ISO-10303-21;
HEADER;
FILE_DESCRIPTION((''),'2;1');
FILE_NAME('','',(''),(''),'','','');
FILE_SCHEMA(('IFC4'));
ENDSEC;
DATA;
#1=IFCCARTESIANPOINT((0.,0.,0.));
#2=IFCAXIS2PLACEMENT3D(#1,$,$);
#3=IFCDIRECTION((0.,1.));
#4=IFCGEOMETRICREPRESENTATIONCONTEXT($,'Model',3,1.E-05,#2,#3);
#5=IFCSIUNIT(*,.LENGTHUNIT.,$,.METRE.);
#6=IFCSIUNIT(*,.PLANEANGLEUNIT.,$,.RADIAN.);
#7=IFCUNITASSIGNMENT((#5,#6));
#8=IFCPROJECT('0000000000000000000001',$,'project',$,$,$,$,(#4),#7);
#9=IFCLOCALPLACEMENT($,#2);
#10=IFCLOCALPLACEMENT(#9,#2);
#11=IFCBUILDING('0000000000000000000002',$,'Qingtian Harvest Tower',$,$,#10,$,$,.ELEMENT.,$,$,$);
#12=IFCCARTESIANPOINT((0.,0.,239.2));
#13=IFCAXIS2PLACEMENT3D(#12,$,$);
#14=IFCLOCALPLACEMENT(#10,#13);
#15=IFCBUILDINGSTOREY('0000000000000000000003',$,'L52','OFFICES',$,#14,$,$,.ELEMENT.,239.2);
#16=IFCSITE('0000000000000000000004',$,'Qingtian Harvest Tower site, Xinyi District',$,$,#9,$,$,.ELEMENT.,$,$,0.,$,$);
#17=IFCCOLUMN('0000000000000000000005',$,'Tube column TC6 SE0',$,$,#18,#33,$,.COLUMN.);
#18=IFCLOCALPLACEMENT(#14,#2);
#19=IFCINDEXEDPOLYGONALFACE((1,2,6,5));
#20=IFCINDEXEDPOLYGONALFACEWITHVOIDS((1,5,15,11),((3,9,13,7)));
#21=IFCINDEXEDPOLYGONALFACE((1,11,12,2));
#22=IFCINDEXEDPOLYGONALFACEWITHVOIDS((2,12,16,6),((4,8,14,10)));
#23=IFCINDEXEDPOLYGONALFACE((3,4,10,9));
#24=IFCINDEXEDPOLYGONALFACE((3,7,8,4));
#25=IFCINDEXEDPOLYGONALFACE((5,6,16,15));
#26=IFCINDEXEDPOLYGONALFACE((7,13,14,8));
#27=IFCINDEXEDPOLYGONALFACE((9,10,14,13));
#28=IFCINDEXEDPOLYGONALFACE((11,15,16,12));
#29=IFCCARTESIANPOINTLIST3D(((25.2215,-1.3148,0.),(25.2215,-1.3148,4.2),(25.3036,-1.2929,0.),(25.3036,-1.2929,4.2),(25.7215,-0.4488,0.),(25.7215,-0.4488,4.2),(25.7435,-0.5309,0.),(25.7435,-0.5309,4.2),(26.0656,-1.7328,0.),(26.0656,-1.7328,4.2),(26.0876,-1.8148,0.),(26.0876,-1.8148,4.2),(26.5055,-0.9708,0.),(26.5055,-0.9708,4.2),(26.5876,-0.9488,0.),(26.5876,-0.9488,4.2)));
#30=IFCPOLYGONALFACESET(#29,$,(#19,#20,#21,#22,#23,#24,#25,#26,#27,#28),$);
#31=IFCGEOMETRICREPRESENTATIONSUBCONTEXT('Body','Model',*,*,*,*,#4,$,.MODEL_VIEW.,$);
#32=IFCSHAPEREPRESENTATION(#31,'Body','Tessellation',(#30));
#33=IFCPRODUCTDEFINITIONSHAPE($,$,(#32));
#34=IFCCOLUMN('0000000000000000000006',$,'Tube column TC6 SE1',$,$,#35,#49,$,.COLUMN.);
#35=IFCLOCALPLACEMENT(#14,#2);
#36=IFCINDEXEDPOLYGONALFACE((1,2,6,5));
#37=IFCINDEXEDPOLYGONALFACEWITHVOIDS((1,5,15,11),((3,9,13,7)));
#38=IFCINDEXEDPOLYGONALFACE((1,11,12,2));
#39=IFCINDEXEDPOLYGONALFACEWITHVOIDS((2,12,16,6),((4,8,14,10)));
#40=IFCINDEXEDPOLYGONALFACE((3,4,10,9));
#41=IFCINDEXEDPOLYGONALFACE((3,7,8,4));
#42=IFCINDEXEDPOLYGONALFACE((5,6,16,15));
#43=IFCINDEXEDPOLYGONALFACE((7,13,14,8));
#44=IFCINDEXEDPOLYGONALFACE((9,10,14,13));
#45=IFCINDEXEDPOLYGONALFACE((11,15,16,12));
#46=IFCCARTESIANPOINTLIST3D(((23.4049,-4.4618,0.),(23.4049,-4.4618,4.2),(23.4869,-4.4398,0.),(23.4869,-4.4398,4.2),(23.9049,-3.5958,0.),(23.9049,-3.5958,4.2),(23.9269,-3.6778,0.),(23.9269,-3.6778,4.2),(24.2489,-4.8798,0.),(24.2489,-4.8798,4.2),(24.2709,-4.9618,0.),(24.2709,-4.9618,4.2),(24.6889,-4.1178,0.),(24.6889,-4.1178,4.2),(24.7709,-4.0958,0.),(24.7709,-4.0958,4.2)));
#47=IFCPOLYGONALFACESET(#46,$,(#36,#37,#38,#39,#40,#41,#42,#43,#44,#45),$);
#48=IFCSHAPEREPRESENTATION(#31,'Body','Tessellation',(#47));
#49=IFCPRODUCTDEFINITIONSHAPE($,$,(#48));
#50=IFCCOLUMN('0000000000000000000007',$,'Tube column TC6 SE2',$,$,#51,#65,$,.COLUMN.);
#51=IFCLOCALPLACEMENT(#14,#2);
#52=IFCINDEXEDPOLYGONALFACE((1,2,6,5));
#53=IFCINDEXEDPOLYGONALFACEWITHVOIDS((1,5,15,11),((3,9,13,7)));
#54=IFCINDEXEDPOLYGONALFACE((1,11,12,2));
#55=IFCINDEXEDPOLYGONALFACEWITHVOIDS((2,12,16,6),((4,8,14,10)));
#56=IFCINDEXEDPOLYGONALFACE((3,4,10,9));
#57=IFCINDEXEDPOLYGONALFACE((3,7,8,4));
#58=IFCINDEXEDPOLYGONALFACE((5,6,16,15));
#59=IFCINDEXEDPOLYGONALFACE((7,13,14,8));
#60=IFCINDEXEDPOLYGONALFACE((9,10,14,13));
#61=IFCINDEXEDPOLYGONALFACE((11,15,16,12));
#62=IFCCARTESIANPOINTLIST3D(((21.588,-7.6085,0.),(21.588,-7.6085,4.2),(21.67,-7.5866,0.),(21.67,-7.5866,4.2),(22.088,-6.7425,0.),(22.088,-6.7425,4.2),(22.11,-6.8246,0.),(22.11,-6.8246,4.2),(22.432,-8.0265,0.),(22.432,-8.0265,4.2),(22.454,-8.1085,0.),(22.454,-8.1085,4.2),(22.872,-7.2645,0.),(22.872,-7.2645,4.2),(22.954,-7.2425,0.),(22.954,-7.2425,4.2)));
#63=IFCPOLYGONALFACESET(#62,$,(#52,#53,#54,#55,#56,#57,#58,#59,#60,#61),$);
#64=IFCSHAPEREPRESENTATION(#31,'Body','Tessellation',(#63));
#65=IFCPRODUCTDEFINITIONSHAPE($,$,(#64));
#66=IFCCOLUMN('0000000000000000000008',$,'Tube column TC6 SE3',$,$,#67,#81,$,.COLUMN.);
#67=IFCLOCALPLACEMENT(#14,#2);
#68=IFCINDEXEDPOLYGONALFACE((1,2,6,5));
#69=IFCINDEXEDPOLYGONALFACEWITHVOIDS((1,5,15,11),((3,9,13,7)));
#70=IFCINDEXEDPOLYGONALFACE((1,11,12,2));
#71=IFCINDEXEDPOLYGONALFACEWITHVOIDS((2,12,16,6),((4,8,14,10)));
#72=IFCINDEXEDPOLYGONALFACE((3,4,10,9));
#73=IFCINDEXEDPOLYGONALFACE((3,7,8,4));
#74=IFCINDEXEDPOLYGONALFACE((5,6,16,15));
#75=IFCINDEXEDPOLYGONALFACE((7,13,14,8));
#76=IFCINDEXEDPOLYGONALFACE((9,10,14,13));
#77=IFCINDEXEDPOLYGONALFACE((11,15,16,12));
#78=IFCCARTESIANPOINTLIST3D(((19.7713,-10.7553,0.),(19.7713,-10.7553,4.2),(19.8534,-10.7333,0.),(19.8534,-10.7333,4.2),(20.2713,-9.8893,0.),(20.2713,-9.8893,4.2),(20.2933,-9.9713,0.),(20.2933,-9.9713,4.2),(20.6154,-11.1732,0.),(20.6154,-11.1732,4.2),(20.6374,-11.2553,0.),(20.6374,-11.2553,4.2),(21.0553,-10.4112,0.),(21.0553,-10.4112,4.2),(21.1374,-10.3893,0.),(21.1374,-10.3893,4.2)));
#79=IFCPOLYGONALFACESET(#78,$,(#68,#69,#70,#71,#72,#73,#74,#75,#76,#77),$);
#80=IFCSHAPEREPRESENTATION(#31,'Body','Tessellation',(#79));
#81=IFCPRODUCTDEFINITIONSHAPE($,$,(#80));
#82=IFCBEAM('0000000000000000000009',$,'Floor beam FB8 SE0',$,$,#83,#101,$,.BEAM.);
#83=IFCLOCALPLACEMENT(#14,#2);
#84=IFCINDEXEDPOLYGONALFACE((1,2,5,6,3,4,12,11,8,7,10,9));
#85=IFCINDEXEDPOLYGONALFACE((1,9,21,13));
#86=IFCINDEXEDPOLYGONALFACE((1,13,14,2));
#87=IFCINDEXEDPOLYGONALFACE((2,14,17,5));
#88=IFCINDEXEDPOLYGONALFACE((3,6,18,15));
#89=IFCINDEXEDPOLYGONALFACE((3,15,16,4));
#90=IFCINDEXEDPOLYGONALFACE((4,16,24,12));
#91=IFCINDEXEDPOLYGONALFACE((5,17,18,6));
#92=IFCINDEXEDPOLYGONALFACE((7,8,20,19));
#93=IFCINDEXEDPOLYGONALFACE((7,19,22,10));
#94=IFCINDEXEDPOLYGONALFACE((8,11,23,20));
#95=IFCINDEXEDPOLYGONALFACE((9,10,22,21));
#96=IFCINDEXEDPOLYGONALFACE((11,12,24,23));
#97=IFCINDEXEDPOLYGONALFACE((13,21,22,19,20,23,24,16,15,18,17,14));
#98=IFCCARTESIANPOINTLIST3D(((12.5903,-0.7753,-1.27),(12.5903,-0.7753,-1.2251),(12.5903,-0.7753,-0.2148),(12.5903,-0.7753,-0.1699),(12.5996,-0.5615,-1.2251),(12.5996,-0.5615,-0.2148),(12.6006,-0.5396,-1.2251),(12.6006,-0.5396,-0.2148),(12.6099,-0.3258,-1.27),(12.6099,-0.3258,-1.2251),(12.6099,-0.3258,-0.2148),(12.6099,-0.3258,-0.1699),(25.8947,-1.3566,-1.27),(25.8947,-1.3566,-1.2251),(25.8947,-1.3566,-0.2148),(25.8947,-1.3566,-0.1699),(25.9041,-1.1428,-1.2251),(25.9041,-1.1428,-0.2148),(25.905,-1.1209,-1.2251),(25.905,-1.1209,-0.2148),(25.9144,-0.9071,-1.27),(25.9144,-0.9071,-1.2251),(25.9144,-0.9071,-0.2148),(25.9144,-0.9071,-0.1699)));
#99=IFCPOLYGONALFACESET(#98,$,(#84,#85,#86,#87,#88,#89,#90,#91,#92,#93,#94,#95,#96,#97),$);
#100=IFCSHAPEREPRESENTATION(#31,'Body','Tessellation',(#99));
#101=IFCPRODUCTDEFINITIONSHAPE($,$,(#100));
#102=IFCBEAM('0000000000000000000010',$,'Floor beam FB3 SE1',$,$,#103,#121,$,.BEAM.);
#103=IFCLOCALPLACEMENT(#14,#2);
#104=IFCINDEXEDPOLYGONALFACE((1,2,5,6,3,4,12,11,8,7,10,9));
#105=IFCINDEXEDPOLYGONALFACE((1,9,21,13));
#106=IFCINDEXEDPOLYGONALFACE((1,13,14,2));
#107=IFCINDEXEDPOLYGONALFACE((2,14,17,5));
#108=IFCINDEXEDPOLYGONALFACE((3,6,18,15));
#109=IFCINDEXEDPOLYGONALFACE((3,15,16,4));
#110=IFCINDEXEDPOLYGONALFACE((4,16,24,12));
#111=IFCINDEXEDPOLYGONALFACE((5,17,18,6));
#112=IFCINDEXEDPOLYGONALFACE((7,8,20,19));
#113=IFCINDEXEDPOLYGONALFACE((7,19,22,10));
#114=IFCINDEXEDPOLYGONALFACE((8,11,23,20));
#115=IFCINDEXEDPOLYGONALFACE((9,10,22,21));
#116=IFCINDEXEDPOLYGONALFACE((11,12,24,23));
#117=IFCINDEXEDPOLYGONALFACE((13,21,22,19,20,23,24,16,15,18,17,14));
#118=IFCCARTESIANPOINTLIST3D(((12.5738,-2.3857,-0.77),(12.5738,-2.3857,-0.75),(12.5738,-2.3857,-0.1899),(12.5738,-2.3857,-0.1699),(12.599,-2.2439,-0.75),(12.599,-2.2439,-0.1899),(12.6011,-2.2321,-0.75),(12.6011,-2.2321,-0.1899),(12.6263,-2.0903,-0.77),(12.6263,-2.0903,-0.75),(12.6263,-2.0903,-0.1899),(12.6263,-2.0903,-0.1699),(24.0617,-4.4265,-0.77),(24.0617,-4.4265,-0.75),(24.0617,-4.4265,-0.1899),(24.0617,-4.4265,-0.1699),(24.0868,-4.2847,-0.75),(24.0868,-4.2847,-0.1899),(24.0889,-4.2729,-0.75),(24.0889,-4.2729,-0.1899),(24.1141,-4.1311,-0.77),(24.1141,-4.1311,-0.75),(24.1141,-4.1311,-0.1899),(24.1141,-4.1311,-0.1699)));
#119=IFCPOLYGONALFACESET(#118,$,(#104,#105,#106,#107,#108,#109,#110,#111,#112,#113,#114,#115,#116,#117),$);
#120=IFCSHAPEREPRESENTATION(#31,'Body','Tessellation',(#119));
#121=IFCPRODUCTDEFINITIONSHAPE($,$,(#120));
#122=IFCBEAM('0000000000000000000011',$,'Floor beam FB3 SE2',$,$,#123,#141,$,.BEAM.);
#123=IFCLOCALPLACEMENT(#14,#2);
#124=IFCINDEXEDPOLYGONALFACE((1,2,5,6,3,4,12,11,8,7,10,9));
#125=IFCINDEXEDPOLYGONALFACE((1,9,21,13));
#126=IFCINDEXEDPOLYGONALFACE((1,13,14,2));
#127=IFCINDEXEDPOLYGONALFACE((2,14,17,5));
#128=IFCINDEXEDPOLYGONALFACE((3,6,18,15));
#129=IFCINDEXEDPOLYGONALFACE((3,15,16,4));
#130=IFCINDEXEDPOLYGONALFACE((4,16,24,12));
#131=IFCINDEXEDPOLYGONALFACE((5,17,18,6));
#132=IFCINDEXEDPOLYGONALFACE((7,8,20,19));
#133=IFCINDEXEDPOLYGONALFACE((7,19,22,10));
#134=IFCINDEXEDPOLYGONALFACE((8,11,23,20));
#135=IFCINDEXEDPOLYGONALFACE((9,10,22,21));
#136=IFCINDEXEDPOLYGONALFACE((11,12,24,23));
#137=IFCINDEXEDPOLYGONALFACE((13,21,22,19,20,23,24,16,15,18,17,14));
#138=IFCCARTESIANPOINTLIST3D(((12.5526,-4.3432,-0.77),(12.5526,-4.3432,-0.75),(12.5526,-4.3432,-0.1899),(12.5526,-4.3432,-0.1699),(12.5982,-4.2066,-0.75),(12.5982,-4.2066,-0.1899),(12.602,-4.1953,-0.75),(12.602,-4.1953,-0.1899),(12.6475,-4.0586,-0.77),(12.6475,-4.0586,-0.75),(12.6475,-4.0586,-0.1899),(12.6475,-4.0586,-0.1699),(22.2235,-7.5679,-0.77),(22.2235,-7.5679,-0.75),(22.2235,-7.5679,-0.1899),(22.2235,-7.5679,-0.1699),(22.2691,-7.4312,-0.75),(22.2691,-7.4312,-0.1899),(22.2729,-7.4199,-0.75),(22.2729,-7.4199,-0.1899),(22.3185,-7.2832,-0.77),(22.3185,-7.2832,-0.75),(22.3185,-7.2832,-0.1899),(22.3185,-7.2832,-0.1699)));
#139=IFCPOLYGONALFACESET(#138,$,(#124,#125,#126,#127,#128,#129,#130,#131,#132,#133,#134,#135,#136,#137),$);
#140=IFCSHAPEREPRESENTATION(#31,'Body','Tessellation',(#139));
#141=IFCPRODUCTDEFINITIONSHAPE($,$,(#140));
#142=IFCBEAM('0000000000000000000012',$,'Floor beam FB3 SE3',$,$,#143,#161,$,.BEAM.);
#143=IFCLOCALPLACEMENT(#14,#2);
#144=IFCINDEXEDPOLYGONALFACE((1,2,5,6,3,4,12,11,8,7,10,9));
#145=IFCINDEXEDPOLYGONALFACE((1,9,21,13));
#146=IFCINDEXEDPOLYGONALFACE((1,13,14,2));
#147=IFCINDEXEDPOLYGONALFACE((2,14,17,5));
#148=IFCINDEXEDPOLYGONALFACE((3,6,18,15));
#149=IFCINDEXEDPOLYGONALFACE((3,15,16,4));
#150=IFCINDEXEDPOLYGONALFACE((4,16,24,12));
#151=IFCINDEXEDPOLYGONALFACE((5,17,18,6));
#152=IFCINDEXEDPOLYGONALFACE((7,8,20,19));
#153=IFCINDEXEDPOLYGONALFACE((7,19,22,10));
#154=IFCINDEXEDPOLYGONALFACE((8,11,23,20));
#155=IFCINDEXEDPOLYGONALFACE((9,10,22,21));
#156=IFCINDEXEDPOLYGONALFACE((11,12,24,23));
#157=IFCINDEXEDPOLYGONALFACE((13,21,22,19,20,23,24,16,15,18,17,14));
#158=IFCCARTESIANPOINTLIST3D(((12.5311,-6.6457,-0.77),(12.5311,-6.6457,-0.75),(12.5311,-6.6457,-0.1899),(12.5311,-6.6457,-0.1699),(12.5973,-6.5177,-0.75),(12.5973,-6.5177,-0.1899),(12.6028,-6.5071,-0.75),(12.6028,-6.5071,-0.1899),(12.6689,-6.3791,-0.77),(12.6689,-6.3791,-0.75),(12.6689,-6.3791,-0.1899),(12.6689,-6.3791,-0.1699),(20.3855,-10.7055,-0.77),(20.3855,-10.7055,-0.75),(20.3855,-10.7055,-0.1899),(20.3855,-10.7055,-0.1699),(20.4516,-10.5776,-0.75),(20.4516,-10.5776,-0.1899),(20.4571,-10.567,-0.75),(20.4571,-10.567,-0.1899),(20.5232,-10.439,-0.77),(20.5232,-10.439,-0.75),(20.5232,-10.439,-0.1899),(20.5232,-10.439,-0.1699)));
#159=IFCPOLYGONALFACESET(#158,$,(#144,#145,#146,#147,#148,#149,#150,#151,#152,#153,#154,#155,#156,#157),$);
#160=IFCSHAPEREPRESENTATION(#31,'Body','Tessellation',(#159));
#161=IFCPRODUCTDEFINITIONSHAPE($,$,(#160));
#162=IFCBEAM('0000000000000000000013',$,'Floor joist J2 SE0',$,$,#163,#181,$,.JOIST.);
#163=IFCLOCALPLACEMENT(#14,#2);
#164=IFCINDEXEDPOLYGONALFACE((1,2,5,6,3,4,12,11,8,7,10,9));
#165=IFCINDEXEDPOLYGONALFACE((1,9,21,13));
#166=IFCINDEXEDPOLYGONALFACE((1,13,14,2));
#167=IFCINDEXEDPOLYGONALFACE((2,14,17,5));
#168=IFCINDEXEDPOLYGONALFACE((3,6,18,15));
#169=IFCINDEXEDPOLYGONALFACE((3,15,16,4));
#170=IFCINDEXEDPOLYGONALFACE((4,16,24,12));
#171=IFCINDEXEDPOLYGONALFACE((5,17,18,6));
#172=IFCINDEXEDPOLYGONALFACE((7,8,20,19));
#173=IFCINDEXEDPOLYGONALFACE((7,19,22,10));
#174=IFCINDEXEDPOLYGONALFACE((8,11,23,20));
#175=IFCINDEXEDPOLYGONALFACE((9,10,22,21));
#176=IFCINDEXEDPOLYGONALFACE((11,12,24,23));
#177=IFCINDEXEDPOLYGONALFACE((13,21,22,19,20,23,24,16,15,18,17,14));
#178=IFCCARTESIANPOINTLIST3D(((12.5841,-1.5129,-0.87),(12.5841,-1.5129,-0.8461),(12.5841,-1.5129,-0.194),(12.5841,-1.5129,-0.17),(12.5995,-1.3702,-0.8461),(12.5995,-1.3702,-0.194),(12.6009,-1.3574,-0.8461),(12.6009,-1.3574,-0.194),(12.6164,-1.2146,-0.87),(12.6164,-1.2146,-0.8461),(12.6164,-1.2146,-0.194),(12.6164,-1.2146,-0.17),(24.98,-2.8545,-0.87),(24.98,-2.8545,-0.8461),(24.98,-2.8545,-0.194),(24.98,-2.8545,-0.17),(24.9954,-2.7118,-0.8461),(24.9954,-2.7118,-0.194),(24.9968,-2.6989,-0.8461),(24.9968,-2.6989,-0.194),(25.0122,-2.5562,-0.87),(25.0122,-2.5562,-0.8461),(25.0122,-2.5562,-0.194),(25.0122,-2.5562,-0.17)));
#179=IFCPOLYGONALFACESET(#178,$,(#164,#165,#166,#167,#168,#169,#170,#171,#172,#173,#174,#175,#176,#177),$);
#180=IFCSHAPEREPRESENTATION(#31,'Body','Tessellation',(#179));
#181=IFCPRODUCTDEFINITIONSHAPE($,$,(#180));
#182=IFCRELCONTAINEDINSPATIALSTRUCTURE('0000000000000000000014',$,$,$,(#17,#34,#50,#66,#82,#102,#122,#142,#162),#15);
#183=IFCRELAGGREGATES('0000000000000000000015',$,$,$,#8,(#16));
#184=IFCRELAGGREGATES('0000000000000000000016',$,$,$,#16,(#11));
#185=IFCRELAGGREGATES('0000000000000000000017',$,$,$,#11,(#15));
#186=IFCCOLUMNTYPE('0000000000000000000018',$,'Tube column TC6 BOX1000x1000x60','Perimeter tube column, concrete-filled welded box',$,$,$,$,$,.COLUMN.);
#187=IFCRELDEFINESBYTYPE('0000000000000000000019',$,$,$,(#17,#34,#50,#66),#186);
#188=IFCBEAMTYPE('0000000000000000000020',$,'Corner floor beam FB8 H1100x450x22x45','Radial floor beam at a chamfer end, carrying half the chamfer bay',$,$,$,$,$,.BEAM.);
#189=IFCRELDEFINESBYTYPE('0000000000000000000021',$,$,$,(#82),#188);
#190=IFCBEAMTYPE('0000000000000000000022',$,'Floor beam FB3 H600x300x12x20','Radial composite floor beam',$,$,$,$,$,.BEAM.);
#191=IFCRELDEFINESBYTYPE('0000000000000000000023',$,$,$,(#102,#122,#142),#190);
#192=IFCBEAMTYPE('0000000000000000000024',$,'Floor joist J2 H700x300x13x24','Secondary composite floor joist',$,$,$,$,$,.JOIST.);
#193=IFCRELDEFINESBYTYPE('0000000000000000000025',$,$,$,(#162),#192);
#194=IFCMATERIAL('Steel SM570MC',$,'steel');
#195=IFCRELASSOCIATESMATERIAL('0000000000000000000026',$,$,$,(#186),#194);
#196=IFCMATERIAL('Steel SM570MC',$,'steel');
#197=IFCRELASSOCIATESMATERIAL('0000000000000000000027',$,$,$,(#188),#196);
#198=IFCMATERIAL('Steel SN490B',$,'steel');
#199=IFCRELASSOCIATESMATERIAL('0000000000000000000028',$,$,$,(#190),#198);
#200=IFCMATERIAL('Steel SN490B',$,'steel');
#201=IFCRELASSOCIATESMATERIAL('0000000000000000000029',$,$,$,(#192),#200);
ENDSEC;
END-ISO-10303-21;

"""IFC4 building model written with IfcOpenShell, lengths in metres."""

from ifc_helpers import new_model, si_unit, direction, frame, origin, origin_2d, place, context, subcontext, project, spatial, hollow_rectangle, i_section, extrude, material, material_profile, profile_set, type_object, element, save


model = new_model("IFC4")

# Units and contexts
model_context = context("Model", 3, precision=1e-05, world=origin(), true_north=direction((0.0, 1.0)))
body_context = subcontext(model_context, "Body", "Model", "MODEL_VIEW")
ifc_project = project(units=[si_unit("LENGTHUNIT", "METRE"), si_unit("PLANEANGLEUNIT", "RADIAN")], contexts=[model_context])

# Site, building, storey
site_placement = place(None, origin())
site = spatial("IfcSite", under=ifc_project, at=site_placement, Name="Qingtian Harvest Tower site, Xinyi District", CompositionType="ELEMENT", RefElevation=0.0)
building_placement = place(site_placement, origin())
building = spatial("IfcBuilding", under=site, at=building_placement, Name="Qingtian Harvest Tower", CompositionType="ELEMENT")
storey_placement = place(building_placement, frame((0.0, 0.0, 239.2)))
storey = spatial("IfcBuildingStorey", under=building, at=storey_placement, Name="L52", Description="OFFICES", CompositionType="ELEMENT", Elevation=239.2)

# Columns
ifc_material_1 = material(Name="Steel SM570MC", Category="steel")
ifc_material_profile_1 = material_profile(ifc_material_1, hollow_rectangle(XDim=1.0, YDim=1.0, WallThickness=0.0601, at=origin_2d()), Name="BOX1000x1000x60")
ifc_profile_set_1 = profile_set([ifc_material_profile_1], Name="Steel SM570MC")
column_type = type_object("IfcColumnType", Name="Tube column TC6 BOX1000x1000x60", Description="Perimeter tube column, concrete-filled welded box", PredefinedType="COLUMN", material=ifc_profile_set_1)
for number, where, z_axis, x_axis, name in (
    (1, (25.9045, -1.1318, 0.0), (0.0, 0.0, 1.0), (0.5, 0.866025, 0.0), "Tube column TC6 SE0"),
    (2, (24.0879, -4.2788, 0.0), (0.0, 0.0, 1.0), (0.5, 0.866025, 0.0), "Tube column TC6 SE1"),
    (3, (22.271, -7.4255, 0.0), (0.0, 0.0, 1.0), (0.5, 0.866025, 0.0), "Tube column TC6 SE2"),
    (4, (20.4543, -10.5723, 0.0), (0.0, 0.0, 1.0), (0.5, 0.866025, 0.0), "Tube column TC6 SE3"),
):
    element("IfcColumn", number, at=place(storey_placement, frame(where, z_axis=z_axis, x_axis=x_axis)), inside=storey, type_object=column_type, Name=name, PredefinedType="COLUMN", context=body_context, shape_type="SweptSolid", body=[
        extrude(hollow_rectangle(XDim=1.0, YDim=1.0, WallThickness=0.0601, at=origin_2d()), origin(), (0.0, 0.0, 1.0), 4.2),
    ])

# Beams
ifc_material_2 = material(Name="Steel SM570MC", Category="steel")
ifc_material_profile_2 = material_profile(ifc_material_2, i_section(OverallWidth=0.45, OverallDepth=1.1001, WebThickness=0.022, FlangeThickness=0.0449, at=origin_2d()), Name="H1100x450x22x45")
ifc_profile_set_2 = profile_set([ifc_material_profile_2], Name="Steel SM570MC")
beam_type_1 = type_object("IfcBeamType", Name="Corner floor beam FB8 H1100x450x22x45", Description="Radial floor beam at a chamfer end, carrying half the chamfer bay", PredefinedType="BEAM", material=ifc_profile_set_2)
beam_1_placement = place(storey_placement, frame((25.9045, -1.1318, -0.72), z_axis=(-0.999047, 0.04365, 0.0), x_axis=(-0.04365, -0.999047, 0.0)))
element("IfcBeam", 5, at=beam_1_placement, inside=storey, type_object=beam_type_1, Name="Floor beam FB8 SE0", PredefinedType="BEAM", context=body_context, shape_type="SweptSolid", body=[
    extrude(i_section(OverallWidth=0.45, OverallDepth=1.1001, WebThickness=0.022, FlangeThickness=0.0449, at=origin_2d()), origin(), (0.0, 0.0, 1.0), 13.3171),
])
ifc_material_3 = material(Name="Steel SN490B", Category="steel")
ifc_material_profile_3 = material_profile(ifc_material_3, i_section(OverallWidth=0.3, OverallDepth=0.6001, WebThickness=0.012, FlangeThickness=0.02, at=origin_2d()), Name="H600x300x12x20")
ifc_profile_set_3 = profile_set([ifc_material_profile_3], Name="Steel SN490B")
beam_type_2 = type_object("IfcBeamType", Name="Floor beam FB3 H600x300x12x20", Description="Radial composite floor beam", PredefinedType="BEAM", material=ifc_profile_set_3)
beam_2_placement = place(storey_placement, frame((24.0879, -4.2788, -0.47), z_axis=(-0.984585, 0.174908, 0.0), x_axis=(-0.174908, -0.984585, 0.0)))
element("IfcBeam", 6, at=beam_2_placement, inside=storey, type_object=beam_type_2, Name="Floor beam FB3 SE1", PredefinedType="BEAM", context=body_context, shape_type="SweptSolid", body=[
    extrude(i_section(OverallWidth=0.3, OverallDepth=0.6001, WebThickness=0.012, FlangeThickness=0.02, at=origin_2d()), origin(), (0.0, 0.0, 1.0), 11.6677),
])
beam_3_placement = place(storey_placement, frame((22.271, -7.4255, -0.47), z_axis=(-0.948655, 0.316314, 0.0), x_axis=(-0.316314, -0.948655, 0.0)))
element("IfcBeam", 7, at=beam_3_placement, inside=storey, type_object=beam_type_2, Name="Floor beam FB3 SE2", PredefinedType="BEAM", context=body_context, shape_type="SweptSolid", body=[
    extrude(i_section(OverallWidth=0.3, OverallDepth=0.6001, WebThickness=0.012, FlangeThickness=0.02, at=origin_2d()), origin(), (0.0, 0.0, 1.0), 10.1943),
])
beam_4_placement = place(storey_placement, frame((20.4543, -10.5723, -0.47), z_axis=(-0.888344, 0.45918, 0.0), x_axis=(-0.45918, -0.888344, 0.0)))
element("IfcBeam", 8, at=beam_4_placement, inside=storey, type_object=beam_type_2, Name="Floor beam FB3 SE3", PredefinedType="BEAM", context=body_context, shape_type="SweptSolid", body=[
    extrude(i_section(OverallWidth=0.3, OverallDepth=0.6001, WebThickness=0.012, FlangeThickness=0.02, at=origin_2d()), origin(), (0.0, 0.0, 1.0), 8.8416),
])
ifc_material_4 = material(Name="Steel SN490B", Category="steel")
ifc_material_profile_4 = material_profile(ifc_material_4, i_section(OverallWidth=0.3, OverallDepth=0.7, WebThickness=0.0129, FlangeThickness=0.0239, at=origin_2d()), Name="H700x300x13x24")
ifc_profile_set_4 = profile_set([ifc_material_profile_4], Name="Steel SN490B")
beam_type_3 = type_object("IfcBeamType", Name="Floor joist J2 H700x300x13x24", Description="Secondary composite floor joist", PredefinedType="JOIST", material=ifc_profile_set_4)
beam_5_placement = place(storey_placement, frame((24.9961, -2.7053, -0.52), z_axis=(-0.994195, 0.107596, 0.0), x_axis=(-0.107596, -0.994195, 0.0)))
element("IfcBeam", 9, at=beam_5_placement, inside=storey, type_object=beam_type_3, Name="Floor joist J2 SE0", PredefinedType="JOIST", context=body_context, shape_type="SweptSolid", body=[
    extrude(i_section(OverallWidth=0.3, OverallDepth=0.7, WebThickness=0.0129, FlangeThickness=0.0239, at=origin_2d()), origin(), (0.0, 0.0, 1.0), 12.4683),
])

save(model, "model.ifc")
